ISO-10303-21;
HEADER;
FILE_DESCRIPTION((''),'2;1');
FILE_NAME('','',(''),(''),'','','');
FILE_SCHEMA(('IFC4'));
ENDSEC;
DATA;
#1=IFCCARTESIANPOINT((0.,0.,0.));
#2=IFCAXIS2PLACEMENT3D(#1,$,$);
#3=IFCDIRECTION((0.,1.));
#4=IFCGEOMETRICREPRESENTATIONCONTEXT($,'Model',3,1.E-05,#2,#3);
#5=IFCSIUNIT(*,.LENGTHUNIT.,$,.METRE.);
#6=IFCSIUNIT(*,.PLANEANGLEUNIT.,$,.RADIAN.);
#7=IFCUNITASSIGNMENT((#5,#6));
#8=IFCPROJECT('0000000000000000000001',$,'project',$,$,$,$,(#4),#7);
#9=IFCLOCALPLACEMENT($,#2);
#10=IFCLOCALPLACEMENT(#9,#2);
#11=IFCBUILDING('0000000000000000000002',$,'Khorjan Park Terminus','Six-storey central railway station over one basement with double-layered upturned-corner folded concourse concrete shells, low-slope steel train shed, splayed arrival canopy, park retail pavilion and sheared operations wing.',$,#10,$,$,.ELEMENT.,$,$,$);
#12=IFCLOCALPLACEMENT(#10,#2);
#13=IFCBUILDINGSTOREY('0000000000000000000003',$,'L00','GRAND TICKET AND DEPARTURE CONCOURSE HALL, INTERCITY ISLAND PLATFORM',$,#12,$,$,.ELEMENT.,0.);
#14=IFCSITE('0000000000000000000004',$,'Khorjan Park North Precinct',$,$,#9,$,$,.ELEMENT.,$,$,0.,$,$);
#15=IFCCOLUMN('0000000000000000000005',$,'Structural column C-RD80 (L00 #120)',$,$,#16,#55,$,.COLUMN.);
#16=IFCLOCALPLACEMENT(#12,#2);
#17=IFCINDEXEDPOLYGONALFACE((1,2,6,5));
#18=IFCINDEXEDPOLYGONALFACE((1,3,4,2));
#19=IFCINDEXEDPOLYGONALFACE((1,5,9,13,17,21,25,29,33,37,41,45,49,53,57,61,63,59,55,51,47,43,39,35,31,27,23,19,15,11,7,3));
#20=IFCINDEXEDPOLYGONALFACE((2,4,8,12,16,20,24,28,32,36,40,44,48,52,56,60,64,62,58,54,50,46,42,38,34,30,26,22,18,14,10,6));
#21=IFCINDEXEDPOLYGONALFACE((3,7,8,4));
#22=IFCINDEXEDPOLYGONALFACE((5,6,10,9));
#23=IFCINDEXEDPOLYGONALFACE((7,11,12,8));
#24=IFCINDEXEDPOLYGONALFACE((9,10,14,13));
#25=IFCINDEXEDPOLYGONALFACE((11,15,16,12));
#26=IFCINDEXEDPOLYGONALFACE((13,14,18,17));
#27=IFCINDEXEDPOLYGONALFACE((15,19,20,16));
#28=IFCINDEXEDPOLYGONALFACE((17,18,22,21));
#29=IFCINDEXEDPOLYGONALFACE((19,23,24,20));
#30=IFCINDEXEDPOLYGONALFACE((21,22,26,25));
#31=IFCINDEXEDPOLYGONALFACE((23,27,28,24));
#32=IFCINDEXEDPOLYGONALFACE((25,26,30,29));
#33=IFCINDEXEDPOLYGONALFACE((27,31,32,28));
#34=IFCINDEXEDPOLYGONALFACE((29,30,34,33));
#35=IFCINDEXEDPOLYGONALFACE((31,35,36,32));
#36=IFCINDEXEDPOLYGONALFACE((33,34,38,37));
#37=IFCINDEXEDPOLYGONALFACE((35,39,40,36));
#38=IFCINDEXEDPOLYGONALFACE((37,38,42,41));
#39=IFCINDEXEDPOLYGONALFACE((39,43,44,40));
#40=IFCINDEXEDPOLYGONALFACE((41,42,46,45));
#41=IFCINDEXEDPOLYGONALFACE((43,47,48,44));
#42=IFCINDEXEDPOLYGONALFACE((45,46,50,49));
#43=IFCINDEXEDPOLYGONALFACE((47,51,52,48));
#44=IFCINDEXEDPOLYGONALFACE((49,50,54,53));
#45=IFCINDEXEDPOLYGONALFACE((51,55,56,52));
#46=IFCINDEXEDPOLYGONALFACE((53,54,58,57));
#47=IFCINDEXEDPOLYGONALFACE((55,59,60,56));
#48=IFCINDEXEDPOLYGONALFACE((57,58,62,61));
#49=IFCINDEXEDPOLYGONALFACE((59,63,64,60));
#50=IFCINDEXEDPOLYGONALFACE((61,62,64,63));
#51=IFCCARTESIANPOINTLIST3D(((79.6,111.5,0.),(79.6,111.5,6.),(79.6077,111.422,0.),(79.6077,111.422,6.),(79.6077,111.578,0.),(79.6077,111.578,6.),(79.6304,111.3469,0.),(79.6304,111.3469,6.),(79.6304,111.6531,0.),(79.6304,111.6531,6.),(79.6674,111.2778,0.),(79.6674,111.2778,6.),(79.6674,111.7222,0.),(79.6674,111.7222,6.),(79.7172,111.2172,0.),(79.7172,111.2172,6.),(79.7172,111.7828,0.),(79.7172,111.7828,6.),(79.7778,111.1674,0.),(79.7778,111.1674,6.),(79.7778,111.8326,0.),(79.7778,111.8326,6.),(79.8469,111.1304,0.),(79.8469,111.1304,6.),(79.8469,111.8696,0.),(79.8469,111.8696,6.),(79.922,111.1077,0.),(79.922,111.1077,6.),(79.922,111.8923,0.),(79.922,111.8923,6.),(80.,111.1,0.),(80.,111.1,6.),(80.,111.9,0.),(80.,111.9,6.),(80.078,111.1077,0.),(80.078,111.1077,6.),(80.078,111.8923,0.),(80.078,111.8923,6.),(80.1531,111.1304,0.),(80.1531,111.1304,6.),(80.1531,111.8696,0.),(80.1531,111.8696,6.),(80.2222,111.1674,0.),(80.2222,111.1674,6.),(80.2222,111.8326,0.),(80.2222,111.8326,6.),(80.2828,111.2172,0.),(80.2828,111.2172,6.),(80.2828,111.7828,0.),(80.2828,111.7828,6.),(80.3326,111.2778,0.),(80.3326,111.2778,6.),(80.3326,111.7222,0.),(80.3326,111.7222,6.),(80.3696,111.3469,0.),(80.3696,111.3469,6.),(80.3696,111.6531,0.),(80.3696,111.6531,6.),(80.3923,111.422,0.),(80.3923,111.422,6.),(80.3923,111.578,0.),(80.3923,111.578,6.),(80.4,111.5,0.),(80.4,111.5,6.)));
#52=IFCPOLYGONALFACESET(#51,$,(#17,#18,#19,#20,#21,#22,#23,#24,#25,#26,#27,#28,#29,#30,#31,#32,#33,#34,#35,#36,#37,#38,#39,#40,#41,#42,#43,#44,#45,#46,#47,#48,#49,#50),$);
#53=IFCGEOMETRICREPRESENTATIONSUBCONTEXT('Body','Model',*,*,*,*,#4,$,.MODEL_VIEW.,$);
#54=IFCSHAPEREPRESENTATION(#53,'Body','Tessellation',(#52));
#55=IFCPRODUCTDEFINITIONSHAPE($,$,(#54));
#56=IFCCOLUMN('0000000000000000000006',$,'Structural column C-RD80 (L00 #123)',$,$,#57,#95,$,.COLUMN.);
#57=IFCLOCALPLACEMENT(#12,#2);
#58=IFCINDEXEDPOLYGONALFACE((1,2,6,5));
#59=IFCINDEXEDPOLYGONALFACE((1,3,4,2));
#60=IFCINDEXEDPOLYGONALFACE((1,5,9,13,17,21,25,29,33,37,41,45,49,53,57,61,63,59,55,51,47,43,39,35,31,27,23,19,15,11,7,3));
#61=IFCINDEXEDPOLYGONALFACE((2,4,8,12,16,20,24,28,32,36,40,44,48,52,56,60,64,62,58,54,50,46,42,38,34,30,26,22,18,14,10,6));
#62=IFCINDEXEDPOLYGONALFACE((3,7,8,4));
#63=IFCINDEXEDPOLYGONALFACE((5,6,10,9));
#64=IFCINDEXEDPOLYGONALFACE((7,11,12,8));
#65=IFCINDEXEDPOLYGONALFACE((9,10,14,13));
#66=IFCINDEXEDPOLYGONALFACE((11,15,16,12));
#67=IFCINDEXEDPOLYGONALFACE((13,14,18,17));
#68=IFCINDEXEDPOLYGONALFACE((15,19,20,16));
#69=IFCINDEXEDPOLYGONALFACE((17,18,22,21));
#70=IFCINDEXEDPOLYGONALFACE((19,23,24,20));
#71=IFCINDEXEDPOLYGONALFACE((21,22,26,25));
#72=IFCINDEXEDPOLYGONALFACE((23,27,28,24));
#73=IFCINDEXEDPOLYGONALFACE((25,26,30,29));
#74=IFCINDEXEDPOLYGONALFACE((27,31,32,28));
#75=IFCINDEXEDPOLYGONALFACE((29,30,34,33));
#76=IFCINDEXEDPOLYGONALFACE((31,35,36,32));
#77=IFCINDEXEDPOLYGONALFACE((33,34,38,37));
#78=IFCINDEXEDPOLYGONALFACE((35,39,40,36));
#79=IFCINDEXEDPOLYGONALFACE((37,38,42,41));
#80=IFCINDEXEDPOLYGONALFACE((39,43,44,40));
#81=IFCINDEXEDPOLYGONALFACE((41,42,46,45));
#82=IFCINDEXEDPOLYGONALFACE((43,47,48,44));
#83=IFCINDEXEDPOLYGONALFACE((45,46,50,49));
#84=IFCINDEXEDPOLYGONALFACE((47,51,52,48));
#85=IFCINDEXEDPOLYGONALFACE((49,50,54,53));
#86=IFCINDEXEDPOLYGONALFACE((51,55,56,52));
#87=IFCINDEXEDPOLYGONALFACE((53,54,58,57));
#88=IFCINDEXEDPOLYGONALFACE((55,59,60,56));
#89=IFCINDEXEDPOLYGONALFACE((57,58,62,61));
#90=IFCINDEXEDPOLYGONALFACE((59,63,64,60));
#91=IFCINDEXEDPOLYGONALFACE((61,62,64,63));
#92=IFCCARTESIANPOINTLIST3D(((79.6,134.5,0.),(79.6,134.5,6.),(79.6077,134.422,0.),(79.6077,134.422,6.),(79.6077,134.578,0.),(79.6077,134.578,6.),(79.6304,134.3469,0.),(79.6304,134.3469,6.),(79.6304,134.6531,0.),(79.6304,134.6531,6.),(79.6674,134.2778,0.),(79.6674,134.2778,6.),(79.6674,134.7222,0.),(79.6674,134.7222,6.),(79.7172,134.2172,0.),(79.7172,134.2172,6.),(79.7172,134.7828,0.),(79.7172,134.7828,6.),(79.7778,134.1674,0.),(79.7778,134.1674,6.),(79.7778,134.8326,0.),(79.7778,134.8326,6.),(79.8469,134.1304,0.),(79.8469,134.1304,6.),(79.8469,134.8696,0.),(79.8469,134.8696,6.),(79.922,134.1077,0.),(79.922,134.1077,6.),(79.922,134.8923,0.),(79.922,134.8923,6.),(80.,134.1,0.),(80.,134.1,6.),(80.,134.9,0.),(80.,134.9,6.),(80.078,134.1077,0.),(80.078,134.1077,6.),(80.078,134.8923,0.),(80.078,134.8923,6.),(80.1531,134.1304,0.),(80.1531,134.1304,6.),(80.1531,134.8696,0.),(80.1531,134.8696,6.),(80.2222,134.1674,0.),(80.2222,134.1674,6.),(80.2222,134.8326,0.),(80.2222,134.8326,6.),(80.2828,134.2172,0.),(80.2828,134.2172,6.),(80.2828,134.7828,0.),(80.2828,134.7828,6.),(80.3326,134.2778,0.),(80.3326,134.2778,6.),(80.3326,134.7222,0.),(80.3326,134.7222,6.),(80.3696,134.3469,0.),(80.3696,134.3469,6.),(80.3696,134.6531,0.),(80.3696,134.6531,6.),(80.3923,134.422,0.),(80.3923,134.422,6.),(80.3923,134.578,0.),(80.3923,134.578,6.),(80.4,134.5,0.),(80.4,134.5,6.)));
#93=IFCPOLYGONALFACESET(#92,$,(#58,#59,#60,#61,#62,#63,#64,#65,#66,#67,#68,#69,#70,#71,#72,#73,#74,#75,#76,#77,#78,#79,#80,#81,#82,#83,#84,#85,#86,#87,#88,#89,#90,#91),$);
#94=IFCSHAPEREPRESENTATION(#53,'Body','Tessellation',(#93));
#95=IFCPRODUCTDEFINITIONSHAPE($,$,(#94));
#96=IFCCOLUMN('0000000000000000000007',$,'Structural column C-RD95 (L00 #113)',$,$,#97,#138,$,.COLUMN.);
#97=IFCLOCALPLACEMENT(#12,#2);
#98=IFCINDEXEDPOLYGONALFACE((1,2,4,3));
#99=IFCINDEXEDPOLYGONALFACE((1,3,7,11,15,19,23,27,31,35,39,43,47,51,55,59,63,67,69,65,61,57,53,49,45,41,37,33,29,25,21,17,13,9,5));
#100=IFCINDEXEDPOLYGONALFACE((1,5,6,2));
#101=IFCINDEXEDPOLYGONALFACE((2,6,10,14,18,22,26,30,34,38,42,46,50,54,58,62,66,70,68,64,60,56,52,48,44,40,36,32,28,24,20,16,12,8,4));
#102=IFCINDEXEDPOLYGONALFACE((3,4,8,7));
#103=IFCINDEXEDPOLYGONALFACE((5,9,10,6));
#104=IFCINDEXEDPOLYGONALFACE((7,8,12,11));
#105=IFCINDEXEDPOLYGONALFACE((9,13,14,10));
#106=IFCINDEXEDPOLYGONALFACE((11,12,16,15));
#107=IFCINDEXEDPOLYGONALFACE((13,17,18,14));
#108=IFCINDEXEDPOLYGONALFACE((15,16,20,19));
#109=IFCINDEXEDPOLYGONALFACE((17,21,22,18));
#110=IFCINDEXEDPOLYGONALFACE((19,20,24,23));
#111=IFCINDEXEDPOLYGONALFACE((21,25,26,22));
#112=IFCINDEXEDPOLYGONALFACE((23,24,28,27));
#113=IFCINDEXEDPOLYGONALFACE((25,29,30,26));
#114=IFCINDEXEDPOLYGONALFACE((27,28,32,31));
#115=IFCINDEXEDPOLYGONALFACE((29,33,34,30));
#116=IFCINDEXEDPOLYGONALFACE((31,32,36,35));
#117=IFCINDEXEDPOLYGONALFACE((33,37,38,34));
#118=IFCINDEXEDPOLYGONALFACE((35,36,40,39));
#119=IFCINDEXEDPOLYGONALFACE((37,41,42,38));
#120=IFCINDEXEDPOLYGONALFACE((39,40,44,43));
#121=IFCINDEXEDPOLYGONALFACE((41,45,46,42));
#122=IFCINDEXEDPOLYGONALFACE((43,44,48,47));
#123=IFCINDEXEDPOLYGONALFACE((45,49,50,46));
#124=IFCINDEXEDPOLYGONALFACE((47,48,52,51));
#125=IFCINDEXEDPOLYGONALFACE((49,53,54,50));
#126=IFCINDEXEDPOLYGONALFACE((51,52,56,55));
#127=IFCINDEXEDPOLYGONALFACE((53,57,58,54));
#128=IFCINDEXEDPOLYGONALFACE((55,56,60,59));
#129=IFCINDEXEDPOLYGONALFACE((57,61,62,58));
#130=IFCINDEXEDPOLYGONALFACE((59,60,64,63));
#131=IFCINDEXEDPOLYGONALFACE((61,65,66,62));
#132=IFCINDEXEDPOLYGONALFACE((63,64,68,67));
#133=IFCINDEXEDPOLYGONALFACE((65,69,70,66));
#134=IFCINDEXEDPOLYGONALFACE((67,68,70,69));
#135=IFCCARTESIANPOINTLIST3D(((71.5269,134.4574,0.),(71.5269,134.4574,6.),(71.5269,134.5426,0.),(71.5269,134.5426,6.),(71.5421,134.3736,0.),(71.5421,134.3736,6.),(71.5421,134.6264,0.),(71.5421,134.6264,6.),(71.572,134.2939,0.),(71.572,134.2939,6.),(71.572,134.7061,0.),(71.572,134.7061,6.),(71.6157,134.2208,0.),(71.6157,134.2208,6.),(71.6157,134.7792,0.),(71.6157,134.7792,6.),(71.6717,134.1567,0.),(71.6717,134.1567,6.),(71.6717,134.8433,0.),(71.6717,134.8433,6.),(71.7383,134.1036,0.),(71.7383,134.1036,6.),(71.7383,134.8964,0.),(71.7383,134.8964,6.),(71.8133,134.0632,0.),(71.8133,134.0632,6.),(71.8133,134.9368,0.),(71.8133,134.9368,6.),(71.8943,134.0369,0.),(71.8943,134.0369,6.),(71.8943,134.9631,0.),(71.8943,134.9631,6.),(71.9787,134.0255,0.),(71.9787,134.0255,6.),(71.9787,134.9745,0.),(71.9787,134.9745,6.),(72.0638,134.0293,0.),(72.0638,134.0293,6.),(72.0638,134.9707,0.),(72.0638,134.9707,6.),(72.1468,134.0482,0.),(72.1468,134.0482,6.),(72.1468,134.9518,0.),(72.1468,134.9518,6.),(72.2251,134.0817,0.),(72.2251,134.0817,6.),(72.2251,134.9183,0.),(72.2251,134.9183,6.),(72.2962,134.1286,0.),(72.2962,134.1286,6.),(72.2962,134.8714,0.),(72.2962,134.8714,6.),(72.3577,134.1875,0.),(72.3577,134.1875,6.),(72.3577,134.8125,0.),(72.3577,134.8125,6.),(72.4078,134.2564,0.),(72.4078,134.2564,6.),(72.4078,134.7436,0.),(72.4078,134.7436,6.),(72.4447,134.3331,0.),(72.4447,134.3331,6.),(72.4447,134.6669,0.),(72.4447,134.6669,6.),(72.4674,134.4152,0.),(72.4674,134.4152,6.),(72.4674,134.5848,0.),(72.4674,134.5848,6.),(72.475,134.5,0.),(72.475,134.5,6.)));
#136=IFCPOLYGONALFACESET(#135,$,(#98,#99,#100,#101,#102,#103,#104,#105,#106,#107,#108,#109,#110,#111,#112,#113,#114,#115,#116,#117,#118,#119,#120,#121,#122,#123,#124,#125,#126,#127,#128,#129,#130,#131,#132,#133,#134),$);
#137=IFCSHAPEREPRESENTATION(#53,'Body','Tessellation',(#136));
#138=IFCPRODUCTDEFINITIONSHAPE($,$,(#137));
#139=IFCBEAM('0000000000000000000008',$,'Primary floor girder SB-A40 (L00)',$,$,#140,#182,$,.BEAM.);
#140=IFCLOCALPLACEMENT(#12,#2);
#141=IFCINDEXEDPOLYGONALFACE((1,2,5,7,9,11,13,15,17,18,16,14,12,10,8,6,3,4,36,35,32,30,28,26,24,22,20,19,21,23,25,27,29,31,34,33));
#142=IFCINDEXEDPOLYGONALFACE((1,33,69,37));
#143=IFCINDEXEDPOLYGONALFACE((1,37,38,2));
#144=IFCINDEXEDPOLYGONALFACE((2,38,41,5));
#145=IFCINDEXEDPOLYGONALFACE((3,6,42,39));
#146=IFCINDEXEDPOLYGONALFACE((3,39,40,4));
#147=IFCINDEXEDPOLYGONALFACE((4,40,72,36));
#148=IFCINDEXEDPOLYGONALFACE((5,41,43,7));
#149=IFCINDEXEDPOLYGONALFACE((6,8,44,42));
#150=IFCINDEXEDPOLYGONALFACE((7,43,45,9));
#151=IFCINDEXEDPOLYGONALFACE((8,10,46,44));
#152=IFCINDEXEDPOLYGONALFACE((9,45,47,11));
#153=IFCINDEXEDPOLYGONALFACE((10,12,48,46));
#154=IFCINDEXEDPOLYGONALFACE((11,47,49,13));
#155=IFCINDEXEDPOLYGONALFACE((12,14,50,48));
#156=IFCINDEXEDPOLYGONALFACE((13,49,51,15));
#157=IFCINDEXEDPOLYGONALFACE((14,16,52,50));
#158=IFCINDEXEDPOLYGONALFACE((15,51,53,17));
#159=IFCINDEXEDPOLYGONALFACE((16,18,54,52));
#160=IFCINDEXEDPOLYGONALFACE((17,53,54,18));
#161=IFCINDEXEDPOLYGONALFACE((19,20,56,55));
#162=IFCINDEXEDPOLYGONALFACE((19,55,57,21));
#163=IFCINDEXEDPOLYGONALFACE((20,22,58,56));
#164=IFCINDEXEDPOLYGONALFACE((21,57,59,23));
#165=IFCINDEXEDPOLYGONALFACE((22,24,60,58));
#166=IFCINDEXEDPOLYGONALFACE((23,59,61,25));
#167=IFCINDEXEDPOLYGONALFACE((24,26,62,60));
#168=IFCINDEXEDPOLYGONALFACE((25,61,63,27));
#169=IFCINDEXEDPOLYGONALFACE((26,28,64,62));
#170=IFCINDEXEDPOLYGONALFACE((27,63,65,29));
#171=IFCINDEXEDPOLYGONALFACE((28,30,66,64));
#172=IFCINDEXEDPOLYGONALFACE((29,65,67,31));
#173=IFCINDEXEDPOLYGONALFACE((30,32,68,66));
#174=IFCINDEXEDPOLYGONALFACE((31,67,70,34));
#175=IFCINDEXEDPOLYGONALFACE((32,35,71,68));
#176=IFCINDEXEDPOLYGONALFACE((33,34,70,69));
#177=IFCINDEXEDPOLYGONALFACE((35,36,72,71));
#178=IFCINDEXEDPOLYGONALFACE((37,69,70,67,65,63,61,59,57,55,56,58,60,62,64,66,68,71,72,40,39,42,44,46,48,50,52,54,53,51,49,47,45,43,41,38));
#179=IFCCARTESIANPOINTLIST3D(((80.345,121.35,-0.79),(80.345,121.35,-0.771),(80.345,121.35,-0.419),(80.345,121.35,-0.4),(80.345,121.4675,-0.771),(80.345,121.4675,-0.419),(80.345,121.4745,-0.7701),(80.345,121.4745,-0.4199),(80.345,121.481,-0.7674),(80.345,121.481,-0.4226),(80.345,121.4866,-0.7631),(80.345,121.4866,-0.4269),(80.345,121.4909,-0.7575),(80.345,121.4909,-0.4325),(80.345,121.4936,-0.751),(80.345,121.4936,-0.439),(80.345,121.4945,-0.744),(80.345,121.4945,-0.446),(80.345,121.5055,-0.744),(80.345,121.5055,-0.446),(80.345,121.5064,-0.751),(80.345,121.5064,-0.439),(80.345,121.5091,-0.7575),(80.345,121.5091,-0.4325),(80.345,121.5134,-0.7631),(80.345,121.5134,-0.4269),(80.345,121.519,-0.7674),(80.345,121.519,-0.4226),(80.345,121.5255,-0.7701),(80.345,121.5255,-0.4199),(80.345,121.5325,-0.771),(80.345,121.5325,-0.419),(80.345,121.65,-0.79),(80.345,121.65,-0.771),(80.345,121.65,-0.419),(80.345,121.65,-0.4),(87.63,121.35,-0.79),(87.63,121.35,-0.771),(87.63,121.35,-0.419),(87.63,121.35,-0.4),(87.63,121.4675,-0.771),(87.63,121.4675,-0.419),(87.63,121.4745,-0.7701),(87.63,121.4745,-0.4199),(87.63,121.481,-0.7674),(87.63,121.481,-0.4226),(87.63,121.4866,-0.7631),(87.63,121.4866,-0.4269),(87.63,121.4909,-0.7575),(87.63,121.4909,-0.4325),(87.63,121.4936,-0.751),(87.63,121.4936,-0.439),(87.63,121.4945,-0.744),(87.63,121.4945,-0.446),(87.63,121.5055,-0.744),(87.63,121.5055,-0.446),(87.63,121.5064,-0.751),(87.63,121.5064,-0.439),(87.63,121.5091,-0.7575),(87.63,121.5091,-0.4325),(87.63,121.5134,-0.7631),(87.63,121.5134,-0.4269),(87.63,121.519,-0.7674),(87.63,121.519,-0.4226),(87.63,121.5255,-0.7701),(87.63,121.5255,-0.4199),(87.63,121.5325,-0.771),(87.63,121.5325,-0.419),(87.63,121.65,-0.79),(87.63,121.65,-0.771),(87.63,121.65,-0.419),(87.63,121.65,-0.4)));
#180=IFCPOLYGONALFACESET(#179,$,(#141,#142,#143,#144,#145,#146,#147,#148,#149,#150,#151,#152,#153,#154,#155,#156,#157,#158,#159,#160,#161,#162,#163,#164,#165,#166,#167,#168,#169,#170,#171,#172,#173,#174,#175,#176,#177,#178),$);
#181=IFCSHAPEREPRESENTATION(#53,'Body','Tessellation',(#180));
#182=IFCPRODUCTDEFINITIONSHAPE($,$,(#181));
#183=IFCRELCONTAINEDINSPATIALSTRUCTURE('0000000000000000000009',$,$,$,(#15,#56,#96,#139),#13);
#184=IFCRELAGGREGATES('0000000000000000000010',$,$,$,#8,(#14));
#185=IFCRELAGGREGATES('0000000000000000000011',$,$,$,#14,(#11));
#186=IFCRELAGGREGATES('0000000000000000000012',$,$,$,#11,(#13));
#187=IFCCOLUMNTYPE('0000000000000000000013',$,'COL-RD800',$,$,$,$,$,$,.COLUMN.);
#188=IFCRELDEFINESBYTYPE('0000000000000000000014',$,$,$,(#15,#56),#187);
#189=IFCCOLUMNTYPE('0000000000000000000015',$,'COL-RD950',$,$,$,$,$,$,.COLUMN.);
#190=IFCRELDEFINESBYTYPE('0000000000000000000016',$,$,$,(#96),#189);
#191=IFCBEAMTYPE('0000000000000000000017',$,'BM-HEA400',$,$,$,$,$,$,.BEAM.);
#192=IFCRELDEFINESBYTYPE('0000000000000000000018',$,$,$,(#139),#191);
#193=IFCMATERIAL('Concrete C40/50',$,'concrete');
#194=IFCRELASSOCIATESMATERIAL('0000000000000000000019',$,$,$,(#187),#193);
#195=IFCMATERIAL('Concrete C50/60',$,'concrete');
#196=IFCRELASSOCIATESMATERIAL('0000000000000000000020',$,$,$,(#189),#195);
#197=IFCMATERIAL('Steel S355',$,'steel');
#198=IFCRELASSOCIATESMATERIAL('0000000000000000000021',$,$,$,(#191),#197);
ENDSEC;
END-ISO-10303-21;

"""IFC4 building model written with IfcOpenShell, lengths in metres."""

from ifc_helpers import new_model, si_unit, direction, frame, origin, origin_2d, place, context, subcontext, project, spatial, circle, i_section, extrude, material, material_profile, profile_set, type_object, element, save


model = new_model("IFC4")

# Units and contexts
model_context = context("Model", 3, precision=1e-05, world=origin(), true_north=direction((0.0, 1.0)))
body_context = subcontext(model_context, "Body", "Model", "MODEL_VIEW")
ifc_project = project(units=[si_unit("LENGTHUNIT", "METRE"), si_unit("PLANEANGLEUNIT", "RADIAN")], contexts=[model_context])

# Site, building, storey
site_placement = place(None, origin())
site = spatial("IfcSite", under=ifc_project, at=site_placement, Name="Khorjan Park North Precinct", CompositionType="ELEMENT", RefElevation=0.0)
building_placement = place(site_placement, origin())
building = spatial("IfcBuilding", under=site, at=building_placement, Name="Khorjan Park Terminus", Description="Six-storey central railway station over one basement with double-layered upturned-corner folded concourse concrete shells, low-slope steel train shed, splayed arrival canopy, park retail pavilion and sheared operations wing.", CompositionType="ELEMENT")
storey_placement = place(building_placement, origin())
storey = spatial("IfcBuildingStorey", under=building, at=storey_placement, Name="L00", Description="GRAND TICKET AND DEPARTURE CONCOURSE HALL, INTERCITY ISLAND PLATFORM", CompositionType="ELEMENT", Elevation=0.0)

# Columns
ifc_material_1 = material(Name="Concrete C40/50", Category="concrete")
ifc_material_profile_1 = material_profile(ifc_material_1, circle(Radius=0.4, at=origin_2d()), Name="RC D800")
ifc_profile_set_1 = profile_set([ifc_material_profile_1], Name="Concrete C40/50")
column_type_1 = type_object("IfcColumnType", Name="COL-RD800", PredefinedType="COLUMN", material=ifc_profile_set_1)
for number, where, z_axis, x_axis, name in (
    (1, (80.0, 111.5, 0.0), (0.0, 0.0, 1.0), (1.0, 0.0, 0.0), "Structural column C-RD80 (L00 #120)"),
    (2, (80.0, 134.5, 0.0), (0.0, 0.0, 1.0), (1.0, 0.0, 0.0), "Structural column C-RD80 (L00 #123)"),
):
    element("IfcColumn", number, at=place(storey_placement, frame(where, z_axis=z_axis, x_axis=x_axis)), inside=storey, type_object=column_type_1, Name=name, PredefinedType="COLUMN", context=body_context, shape_type="SweptSolid", body=[
        extrude(circle(Radius=0.4, at=origin_2d()), origin(), (0.0, 0.0, 1.0), 6.0),
    ])
ifc_material_2 = material(Name="Concrete C50/60", Category="concrete")
ifc_material_profile_2 = material_profile(ifc_material_2, circle(Radius=0.475, at=origin_2d()), Name="RC D950")
ifc_profile_set_2 = profile_set([ifc_material_profile_2], Name="Concrete C50/60")
column_type_2 = type_object("IfcColumnType", Name="COL-RD950", PredefinedType="COLUMN", material=ifc_profile_set_2)
column_placement = place(storey_placement, frame((72.0, 134.5, 0.0), z_axis=(0.0, 0.0, 1.0), x_axis=(1.0, 0.0, 0.0)))
element("IfcColumn", 3, at=column_placement, inside=storey, type_object=column_type_2, Name="Structural column C-RD95 (L00 #113)", PredefinedType="COLUMN", context=body_context, shape_type="SweptSolid", body=[
    extrude(circle(Radius=0.475, at=origin_2d()), origin(), (0.0, 0.0, 1.0), 6.0),
])

# Beam
ifc_material_3 = material(Name="Steel S355", Category="steel")
ifc_material_profile_3 = material_profile(ifc_material_3, i_section(OverallWidth=0.3, OverallDepth=0.39, WebThickness=0.011, FlangeThickness=0.019, FilletRadius=0.027, at=origin_2d()), Name="HEA 400")
ifc_profile_set_3 = profile_set([ifc_material_profile_3], Name="Steel S355")
beam_type_1 = type_object("IfcBeamType", Name="BM-HEA400", PredefinedType="BEAM", material=ifc_profile_set_3)
beam_1_placement = place(storey_placement, frame((80.345, 121.5, -0.595), z_axis=(1.0, 0.0, 0.0), x_axis=(0.0, 1.0, 0.0)))
element("IfcBeam", 4, at=beam_1_placement, inside=storey, type_object=beam_type_1, Name="Primary floor girder SB-A40 (L00)", PredefinedType="BEAM", context=body_context, shape_type="SweptSolid", body=[
    extrude(i_section(OverallWidth=0.3, OverallDepth=0.39, WebThickness=0.011, FlangeThickness=0.019, FilletRadius=0.027, at=origin_2d()), origin(), (0.0, 0.0, 1.0), 7.285),
])

save(model, "model.ifc")
